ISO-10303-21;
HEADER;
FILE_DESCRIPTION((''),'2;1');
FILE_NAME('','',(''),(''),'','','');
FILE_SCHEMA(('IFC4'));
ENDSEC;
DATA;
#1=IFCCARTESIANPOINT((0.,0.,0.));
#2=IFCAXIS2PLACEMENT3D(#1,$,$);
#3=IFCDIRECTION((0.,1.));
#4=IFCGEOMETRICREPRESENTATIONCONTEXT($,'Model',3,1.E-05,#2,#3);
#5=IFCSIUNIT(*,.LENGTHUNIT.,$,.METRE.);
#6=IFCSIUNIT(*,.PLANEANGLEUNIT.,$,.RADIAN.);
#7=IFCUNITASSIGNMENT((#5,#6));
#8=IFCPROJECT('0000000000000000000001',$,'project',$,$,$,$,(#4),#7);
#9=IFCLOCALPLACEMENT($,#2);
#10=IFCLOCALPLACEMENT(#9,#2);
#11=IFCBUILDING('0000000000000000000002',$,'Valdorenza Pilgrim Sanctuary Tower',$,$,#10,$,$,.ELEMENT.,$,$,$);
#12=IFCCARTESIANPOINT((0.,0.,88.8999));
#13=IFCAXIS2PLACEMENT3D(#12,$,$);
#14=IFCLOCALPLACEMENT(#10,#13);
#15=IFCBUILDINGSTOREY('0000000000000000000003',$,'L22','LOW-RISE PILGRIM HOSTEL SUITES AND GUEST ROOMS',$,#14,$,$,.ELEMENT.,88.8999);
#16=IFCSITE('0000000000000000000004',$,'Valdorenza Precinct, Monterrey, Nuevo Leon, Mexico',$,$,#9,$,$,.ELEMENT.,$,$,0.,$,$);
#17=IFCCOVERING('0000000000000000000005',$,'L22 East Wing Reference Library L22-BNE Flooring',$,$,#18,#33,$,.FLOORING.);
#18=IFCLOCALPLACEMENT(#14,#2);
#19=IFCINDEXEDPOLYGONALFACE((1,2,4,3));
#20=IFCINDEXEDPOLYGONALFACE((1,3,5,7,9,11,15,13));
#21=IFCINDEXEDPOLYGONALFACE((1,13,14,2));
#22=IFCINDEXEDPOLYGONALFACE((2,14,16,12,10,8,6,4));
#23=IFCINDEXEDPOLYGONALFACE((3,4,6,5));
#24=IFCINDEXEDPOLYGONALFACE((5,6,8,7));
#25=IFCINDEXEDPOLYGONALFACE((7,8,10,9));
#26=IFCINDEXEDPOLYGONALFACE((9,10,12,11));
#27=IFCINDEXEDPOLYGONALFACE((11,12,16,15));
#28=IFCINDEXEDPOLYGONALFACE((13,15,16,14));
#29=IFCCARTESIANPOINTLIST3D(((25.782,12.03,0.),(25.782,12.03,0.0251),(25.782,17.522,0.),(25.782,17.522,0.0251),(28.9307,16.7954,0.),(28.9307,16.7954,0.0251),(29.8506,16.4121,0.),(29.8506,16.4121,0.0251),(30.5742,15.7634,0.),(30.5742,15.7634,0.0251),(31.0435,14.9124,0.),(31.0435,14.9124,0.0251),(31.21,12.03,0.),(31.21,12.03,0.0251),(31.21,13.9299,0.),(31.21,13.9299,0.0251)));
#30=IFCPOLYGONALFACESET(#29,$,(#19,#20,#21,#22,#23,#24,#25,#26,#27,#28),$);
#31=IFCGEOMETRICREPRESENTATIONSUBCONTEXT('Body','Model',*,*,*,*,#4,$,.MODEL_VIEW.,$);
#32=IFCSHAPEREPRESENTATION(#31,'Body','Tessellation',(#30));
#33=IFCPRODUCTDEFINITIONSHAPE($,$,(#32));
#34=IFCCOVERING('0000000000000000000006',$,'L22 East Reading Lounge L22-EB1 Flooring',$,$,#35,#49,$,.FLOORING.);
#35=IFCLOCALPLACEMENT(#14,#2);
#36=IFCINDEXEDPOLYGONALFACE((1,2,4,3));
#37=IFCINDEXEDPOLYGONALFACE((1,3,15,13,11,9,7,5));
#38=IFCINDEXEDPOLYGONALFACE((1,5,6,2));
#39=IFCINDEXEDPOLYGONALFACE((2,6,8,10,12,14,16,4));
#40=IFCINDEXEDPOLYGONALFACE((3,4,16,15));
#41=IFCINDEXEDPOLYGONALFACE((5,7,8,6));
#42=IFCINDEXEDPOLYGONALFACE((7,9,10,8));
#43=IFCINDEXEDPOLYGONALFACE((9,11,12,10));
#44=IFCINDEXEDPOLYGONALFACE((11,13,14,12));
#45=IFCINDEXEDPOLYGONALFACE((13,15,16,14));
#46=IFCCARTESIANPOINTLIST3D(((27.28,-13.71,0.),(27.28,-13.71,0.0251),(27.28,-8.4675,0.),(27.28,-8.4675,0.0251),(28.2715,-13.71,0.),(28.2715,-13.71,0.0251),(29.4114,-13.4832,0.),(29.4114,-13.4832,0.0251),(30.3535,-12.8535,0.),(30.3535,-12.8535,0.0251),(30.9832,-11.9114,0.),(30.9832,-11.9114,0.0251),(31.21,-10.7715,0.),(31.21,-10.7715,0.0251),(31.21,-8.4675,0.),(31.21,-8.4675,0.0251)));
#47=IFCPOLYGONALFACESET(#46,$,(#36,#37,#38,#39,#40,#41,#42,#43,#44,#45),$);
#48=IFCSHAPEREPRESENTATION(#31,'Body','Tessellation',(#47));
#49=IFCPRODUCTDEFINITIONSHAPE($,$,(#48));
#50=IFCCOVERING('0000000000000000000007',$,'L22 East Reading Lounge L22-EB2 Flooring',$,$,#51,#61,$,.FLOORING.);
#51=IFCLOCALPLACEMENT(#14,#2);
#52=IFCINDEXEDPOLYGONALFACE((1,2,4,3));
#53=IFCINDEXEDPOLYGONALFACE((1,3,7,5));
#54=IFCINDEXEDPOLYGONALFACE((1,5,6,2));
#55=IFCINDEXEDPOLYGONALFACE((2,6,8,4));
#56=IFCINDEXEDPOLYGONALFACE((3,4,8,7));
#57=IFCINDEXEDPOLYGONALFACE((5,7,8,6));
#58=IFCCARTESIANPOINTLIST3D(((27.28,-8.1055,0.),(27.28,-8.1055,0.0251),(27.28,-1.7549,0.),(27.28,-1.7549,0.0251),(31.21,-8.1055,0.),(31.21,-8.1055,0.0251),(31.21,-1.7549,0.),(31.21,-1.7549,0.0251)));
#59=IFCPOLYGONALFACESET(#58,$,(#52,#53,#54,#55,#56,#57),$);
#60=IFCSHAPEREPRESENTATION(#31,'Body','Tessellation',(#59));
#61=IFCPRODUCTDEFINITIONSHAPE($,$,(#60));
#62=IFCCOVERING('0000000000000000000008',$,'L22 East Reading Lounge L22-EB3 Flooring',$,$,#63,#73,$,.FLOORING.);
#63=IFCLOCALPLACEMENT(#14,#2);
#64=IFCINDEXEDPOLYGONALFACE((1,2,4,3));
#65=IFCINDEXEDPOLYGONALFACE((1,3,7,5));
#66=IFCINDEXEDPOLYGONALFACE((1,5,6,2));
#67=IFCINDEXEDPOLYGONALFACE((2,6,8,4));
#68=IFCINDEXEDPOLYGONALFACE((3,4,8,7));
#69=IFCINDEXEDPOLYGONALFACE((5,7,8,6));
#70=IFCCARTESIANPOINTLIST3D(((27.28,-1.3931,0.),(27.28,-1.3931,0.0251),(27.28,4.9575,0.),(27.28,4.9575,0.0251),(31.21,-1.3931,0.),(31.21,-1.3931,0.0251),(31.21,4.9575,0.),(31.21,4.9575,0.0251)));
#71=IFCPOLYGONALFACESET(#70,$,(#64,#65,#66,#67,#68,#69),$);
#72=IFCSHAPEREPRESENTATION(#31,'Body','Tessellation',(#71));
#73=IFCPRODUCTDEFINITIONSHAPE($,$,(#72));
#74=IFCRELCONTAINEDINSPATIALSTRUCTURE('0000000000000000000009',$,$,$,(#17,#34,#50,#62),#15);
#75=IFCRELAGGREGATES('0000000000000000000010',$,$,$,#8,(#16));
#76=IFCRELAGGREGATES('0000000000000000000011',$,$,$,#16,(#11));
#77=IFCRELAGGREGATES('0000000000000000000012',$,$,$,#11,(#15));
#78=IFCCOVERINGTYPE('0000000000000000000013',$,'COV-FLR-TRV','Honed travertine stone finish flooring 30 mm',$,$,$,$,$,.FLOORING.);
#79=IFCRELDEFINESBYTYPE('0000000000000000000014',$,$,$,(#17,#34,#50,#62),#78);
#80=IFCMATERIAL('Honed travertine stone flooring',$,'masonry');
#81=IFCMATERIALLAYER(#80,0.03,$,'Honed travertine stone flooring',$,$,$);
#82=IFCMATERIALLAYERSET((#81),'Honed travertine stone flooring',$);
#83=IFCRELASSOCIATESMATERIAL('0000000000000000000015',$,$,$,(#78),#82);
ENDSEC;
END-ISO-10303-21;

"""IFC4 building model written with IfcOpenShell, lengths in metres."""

from ifc_helpers import new_model, si_unit, direction, frame, origin, place, context, subcontext, project, spatial, polyline, outline, extrude, material, layer, layer_set, type_object, element, save


model = new_model("IFC4")

# Units and contexts
model_context = context("Model", 3, precision=1e-05, world=origin(), true_north=direction((0.0, 1.0)))
body_context = subcontext(model_context, "Body", "Model", "MODEL_VIEW")
ifc_project = project(units=[si_unit("LENGTHUNIT", "METRE"), si_unit("PLANEANGLEUNIT", "RADIAN")], contexts=[model_context])

# Site, building, storey
site_placement = place(None, origin())
site = spatial("IfcSite", under=ifc_project, at=site_placement, Name="Valdorenza Precinct, Monterrey, Nuevo Leon, Mexico", CompositionType="ELEMENT", RefElevation=0.0)
building_placement = place(site_placement, origin())
building = spatial("IfcBuilding", under=site, at=building_placement, Name="Valdorenza Pilgrim Sanctuary Tower", CompositionType="ELEMENT")
storey_placement = place(building_placement, frame((0.0, 0.0, 88.8999)))
storey = spatial("IfcBuildingStorey", under=building, at=storey_placement, Name="L22", Description="LOW-RISE PILGRIM HOSTEL SUITES AND GUEST ROOMS", CompositionType="ELEMENT", Elevation=88.8999)

# Coverings
ifc_material_1 = material(Name="Honed travertine stone flooring", Category="masonry")
ifc_layer_1 = layer(ifc_material_1, 0.03, Name="Honed travertine stone flooring")
ifc_layer_set_1 = layer_set([ifc_layer_1], Name="Honed travertine stone flooring")
covering_type_1 = type_object("IfcCoveringType", Name="COV-FLR-TRV", Description="Honed travertine stone finish flooring 30 mm", PredefinedType="FLOORING", material=ifc_layer_set_1)
covering_1_placement = place(storey_placement, origin())
element("IfcCovering", 1, at=covering_1_placement, inside=storey, type_object=covering_type_1, Name="L22 East Wing Reference Library L22-BNE Flooring", PredefinedType="FLOORING", context=body_context, shape_type="SweptSolid", body=[
    extrude(outline(polyline([(28.9307, 16.7954), (29.8506, 16.4121), (30.5742, 15.7634), (31.0435, 14.9124), (31.21, 13.9299), (31.21, 12.03), (25.782, 12.03), (25.782, 17.522), (28.9307, 16.7954)])), origin(), (0.0, 0.0, 1.0), 0.0251),
])
covering_2_placement = place(storey_placement, origin())
element("IfcCovering", 2, at=covering_2_placement, inside=storey, type_object=covering_type_1, Name="L22 East Reading Lounge L22-EB1 Flooring", PredefinedType="FLOORING", context=body_context, shape_type="SweptSolid", body=[
    extrude(outline(polyline([(31.21, -8.4675), (31.21, -10.7715), (30.9832, -11.9114), (30.3535, -12.8535), (29.4114, -13.4832), (28.2715, -13.71), (27.28, -13.71), (27.28, -8.4675), (31.21, -8.4675)])), origin(), (0.0, 0.0, 1.0), 0.0251),
])
covering_3_placement = place(storey_placement, origin())
element("IfcCovering", 3, at=covering_3_placement, inside=storey, type_object=covering_type_1, Name="L22 East Reading Lounge L22-EB2 Flooring", PredefinedType="FLOORING", context=body_context, shape_type="SweptSolid", body=[
    extrude(outline(polyline([(27.28, -1.7549), (31.21, -1.7549), (31.21, -8.1055), (27.28, -8.1055), (27.28, -1.7549)])), origin(), (0.0, 0.0, 1.0), 0.0251),
])
covering_4_placement = place(storey_placement, origin())
element("IfcCovering", 4, at=covering_4_placement, inside=storey, type_object=covering_type_1, Name="L22 East Reading Lounge L22-EB3 Flooring", PredefinedType="FLOORING", context=body_context, shape_type="SweptSolid", body=[
    extrude(outline(polyline([(27.28, 4.9575), (31.21, 4.9575), (31.21, -1.3931), (27.28, -1.3931), (27.28, 4.9575)])), origin(), (0.0, 0.0, 1.0), 0.0251),
])

save(model, "model.ifc")
